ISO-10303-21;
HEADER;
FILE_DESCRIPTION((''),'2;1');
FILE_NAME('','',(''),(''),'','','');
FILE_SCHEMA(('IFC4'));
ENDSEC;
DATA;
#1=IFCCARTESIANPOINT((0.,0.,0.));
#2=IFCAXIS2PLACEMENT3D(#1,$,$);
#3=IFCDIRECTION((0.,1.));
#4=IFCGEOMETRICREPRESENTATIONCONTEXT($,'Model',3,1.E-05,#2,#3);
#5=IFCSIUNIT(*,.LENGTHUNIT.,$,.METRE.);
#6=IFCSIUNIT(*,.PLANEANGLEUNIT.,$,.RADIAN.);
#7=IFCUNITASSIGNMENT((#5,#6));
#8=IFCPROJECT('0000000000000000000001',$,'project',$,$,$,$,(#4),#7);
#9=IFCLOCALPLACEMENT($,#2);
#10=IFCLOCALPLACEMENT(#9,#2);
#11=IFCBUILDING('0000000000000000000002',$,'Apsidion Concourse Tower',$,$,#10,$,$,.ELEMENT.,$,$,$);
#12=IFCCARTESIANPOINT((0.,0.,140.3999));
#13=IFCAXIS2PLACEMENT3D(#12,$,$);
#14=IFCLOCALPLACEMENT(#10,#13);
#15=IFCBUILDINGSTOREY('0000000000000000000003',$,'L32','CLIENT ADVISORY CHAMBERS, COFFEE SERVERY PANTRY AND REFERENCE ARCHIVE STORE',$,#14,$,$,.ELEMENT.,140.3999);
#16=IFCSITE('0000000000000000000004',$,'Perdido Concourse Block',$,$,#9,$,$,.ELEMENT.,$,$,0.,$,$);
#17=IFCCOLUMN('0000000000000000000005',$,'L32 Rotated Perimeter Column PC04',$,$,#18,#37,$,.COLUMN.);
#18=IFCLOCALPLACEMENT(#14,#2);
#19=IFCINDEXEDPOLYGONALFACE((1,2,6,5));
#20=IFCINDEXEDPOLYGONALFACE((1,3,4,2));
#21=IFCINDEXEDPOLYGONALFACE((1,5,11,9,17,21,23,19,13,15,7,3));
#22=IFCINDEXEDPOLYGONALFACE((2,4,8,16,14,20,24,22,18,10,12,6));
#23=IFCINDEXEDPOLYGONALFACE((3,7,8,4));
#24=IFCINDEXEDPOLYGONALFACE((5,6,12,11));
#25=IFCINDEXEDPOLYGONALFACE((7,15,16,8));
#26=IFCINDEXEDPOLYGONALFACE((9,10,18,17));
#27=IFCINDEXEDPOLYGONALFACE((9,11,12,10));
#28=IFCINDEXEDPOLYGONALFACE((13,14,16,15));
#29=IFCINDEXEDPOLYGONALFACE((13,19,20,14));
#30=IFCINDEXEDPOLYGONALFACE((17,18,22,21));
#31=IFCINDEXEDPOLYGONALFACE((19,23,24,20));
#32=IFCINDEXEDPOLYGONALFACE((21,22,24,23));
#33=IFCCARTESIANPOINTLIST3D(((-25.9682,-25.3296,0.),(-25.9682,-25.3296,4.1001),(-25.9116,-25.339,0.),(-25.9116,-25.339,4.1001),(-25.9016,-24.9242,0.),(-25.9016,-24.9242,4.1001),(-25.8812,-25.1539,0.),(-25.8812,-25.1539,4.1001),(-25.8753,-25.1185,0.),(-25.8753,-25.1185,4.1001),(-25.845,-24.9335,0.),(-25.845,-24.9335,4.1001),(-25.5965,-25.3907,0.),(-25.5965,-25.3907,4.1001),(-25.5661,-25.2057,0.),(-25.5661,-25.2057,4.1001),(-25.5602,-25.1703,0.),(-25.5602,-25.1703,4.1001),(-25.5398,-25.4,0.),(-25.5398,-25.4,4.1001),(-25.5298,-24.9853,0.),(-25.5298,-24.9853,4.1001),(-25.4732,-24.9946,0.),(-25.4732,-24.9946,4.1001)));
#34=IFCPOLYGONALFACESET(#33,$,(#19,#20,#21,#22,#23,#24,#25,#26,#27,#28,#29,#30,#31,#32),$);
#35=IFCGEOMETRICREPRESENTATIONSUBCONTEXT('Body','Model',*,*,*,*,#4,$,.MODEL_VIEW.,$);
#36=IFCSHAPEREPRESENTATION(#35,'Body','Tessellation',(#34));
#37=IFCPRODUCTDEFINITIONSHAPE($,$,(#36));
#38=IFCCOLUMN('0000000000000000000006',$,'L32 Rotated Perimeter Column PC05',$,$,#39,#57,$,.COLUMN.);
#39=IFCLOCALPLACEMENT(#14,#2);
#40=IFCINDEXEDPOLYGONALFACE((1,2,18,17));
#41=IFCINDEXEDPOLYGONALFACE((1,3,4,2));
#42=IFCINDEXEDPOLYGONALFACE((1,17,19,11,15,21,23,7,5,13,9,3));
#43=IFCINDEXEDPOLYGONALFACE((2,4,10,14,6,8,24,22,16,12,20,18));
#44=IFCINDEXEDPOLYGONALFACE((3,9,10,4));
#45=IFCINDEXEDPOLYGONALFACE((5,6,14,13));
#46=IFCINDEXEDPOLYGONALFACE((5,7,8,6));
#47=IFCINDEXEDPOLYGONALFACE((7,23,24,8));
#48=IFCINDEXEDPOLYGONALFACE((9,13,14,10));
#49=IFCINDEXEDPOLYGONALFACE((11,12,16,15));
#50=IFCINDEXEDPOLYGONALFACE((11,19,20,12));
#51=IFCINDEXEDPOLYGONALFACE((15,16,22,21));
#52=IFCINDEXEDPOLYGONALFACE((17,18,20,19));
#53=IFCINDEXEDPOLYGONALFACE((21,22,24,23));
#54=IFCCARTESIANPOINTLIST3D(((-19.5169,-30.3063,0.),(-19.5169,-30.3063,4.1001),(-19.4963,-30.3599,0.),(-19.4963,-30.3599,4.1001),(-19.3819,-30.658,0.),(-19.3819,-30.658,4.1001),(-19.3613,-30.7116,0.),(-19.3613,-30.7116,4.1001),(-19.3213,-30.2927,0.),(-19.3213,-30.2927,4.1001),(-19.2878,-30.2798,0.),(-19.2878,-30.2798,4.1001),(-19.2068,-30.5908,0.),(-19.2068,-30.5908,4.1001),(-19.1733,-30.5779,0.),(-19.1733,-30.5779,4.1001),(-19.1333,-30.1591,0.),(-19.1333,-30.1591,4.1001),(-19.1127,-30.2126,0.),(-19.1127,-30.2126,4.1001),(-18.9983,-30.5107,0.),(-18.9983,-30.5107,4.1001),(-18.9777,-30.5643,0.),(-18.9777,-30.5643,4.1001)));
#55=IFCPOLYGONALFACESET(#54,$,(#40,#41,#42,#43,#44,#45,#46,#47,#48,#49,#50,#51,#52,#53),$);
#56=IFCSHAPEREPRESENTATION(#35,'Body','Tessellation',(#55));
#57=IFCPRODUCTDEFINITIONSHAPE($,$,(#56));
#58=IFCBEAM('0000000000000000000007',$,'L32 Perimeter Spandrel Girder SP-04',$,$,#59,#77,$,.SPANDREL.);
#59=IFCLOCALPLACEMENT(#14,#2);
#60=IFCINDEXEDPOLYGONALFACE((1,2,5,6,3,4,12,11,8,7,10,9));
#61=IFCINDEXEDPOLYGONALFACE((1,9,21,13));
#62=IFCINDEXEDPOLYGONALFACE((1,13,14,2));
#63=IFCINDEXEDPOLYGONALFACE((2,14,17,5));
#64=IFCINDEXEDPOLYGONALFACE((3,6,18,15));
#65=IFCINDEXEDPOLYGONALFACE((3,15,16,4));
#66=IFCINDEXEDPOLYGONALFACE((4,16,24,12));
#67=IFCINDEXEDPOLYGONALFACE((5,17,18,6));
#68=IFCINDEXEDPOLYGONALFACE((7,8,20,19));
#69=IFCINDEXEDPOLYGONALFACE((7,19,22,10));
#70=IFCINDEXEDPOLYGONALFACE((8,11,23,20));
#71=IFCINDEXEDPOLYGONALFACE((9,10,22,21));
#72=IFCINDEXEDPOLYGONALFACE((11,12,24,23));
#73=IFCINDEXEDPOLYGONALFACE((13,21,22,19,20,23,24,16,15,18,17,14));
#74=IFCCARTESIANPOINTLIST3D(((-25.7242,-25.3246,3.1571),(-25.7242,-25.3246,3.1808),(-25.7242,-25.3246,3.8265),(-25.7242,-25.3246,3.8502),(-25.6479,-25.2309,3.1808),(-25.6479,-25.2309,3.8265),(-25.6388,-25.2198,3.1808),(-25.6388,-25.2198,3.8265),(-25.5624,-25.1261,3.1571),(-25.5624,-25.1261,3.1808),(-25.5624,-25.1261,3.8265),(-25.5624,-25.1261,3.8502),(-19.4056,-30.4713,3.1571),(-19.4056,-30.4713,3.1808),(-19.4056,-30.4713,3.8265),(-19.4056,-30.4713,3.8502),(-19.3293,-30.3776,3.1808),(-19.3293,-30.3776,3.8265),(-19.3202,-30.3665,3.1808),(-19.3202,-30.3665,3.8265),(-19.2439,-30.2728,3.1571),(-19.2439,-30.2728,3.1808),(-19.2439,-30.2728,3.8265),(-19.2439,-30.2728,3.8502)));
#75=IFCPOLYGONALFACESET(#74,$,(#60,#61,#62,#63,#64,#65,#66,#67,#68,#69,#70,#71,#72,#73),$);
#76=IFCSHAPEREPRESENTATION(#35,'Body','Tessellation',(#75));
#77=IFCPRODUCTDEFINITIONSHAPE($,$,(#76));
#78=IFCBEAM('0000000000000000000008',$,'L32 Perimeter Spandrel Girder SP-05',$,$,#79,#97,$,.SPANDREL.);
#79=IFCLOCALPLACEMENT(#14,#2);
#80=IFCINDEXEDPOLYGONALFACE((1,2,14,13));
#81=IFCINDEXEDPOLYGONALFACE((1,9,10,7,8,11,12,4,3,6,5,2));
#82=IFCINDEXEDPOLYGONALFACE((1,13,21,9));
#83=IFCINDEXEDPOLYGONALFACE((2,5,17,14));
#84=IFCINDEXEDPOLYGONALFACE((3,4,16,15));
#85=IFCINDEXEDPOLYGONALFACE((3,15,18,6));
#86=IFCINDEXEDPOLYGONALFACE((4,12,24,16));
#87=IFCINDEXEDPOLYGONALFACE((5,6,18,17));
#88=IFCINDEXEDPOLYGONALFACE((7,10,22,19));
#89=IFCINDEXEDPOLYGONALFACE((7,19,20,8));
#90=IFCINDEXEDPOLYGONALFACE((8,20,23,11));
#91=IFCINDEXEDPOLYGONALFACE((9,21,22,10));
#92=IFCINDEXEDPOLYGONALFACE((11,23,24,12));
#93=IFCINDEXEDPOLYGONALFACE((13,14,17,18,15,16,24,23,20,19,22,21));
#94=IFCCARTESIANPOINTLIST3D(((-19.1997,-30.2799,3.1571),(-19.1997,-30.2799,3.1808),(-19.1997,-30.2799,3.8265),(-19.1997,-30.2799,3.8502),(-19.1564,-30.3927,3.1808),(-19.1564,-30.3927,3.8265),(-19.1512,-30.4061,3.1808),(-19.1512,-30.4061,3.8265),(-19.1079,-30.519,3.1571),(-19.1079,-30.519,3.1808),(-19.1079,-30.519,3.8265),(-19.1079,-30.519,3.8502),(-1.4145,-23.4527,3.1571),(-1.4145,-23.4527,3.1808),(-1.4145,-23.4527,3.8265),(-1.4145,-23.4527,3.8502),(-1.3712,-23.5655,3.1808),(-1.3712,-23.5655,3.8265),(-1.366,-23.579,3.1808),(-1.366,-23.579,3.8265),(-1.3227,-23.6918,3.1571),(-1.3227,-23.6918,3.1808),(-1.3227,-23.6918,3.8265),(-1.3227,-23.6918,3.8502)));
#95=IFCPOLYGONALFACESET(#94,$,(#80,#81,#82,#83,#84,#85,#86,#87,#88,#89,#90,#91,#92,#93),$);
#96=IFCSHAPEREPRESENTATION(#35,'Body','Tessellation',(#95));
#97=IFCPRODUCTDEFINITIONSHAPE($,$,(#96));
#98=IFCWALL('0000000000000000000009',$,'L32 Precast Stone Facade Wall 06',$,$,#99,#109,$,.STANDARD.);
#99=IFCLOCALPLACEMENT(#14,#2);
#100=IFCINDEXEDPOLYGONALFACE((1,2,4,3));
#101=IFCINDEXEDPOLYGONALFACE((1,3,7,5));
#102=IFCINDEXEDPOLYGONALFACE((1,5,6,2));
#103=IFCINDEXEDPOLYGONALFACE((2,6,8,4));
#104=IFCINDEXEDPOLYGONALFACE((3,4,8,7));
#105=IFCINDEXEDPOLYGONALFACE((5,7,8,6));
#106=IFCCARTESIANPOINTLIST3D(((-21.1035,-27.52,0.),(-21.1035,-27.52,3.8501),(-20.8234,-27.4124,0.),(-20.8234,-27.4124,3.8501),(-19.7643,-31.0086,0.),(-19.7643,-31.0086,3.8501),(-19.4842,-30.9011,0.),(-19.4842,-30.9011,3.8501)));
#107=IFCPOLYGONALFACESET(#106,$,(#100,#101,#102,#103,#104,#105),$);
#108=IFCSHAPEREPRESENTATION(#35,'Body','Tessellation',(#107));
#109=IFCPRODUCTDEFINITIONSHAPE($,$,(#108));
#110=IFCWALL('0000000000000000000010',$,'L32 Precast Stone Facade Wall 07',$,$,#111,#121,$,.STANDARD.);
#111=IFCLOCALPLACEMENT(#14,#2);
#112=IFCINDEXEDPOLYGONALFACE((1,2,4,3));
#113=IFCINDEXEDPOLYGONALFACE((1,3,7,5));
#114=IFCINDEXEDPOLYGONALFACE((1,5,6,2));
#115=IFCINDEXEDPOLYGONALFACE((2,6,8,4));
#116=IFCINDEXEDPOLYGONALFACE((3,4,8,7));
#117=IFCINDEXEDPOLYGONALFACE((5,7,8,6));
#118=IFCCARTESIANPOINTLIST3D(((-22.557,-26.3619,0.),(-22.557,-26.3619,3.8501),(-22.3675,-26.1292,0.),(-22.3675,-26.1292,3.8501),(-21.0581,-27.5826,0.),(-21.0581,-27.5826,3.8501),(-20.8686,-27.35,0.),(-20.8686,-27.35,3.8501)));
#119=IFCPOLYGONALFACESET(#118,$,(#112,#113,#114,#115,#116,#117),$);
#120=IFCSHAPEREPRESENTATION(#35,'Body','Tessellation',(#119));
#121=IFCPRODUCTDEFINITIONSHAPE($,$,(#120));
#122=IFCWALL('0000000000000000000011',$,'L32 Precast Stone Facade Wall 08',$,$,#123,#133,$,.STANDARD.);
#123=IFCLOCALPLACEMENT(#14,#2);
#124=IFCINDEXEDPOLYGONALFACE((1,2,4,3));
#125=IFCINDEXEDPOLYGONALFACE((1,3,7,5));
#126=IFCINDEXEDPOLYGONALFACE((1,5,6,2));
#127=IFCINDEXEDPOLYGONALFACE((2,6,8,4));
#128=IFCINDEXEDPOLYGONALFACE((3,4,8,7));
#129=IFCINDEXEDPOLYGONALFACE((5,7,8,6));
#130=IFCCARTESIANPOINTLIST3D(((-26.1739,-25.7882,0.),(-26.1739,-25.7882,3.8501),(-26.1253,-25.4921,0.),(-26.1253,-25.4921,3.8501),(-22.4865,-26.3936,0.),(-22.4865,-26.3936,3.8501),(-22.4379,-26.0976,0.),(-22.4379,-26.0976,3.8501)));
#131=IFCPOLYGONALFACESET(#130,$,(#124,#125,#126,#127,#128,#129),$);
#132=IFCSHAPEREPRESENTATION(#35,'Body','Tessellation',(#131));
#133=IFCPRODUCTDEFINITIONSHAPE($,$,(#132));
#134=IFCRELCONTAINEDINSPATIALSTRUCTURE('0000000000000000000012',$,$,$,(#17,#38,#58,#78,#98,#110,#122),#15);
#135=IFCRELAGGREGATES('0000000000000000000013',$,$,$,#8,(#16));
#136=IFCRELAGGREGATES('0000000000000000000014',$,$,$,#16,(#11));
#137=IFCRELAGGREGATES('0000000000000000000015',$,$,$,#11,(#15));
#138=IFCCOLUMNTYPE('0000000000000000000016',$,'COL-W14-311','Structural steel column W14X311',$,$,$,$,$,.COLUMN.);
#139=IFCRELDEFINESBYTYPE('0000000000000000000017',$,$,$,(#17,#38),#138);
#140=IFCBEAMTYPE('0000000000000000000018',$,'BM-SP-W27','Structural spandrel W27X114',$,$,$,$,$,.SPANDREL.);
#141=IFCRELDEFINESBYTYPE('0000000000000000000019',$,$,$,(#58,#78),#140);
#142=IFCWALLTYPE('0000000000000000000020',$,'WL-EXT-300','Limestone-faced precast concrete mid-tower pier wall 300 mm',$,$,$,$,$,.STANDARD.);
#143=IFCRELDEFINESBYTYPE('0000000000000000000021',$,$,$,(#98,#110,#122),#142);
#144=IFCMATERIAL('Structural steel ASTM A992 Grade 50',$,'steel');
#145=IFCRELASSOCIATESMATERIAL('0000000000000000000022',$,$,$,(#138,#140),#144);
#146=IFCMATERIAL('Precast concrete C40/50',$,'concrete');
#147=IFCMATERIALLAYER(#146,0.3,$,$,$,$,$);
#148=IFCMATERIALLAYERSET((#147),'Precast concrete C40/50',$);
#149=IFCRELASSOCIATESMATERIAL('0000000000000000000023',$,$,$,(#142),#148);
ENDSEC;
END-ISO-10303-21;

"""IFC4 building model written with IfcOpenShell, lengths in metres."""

from ifc_helpers import new_model, si_unit, direction, frame, frame_2d, origin, origin_2d, place, context, subcontext, project, spatial, rectangle, i_section, extrude, material, layer, layer_set, material_profile, profile_set, type_object, element, save


model = new_model("IFC4")

# Units and contexts
model_context = context("Model", 3, precision=1e-05, world=origin(), true_north=direction((0.0, 1.0)))
body_context = subcontext(model_context, "Body", "Model", "MODEL_VIEW")
ifc_project = project(units=[si_unit("LENGTHUNIT", "METRE"), si_unit("PLANEANGLEUNIT", "RADIAN")], contexts=[model_context])

# Site, building, storey
site_placement = place(None, origin())
site = spatial("IfcSite", under=ifc_project, at=site_placement, Name="Perdido Concourse Block", CompositionType="ELEMENT", RefElevation=0.0)
building_placement = place(site_placement, origin())
building = spatial("IfcBuilding", under=site, at=building_placement, Name="Apsidion Concourse Tower", CompositionType="ELEMENT")
storey_placement = place(building_placement, frame((0.0, 0.0, 140.3999)))
storey = spatial("IfcBuildingStorey", under=building, at=storey_placement, Name="L32", Description="CLIENT ADVISORY CHAMBERS, COFFEE SERVERY PANTRY AND REFERENCE ARCHIVE STORE", CompositionType="ELEMENT", Elevation=140.3999)

# Columns
ifc_material_1 = material(Name="Structural steel ASTM A992 Grade 50", Category="steel")
ifc_material_profile_1 = material_profile(ifc_material_1, i_section(OverallWidth=0.4109, OverallDepth=0.4341, WebThickness=0.0359, FlangeThickness=0.0574, at=origin_2d()), Name="W14X311")
ifc_profile_set_1 = profile_set([ifc_material_profile_1], Name="Structural steel ASTM A992 Grade 50")
column_type = type_object("IfcColumnType", Name="COL-W14-311", Description="Structural steel column W14X311", PredefinedType="COLUMN", material=ifc_profile_set_1)
for number, where, z_axis, x_axis, name in (
    (1, (-25.7207, -25.1621, 0.0), (0.0, 0.0, 1.0), (0.162121, 0.986771, 0.0), "L32 Rotated Perimeter Column PC04"),
    (2, (-19.2473, -30.4353, 0.0), (0.0, 0.0, 1.0), (0.93358, 0.358368, 0.0), "L32 Rotated Perimeter Column PC05"),
):
    element("IfcColumn", number, at=place(storey_placement, frame(where, z_axis=z_axis, x_axis=x_axis)), inside=storey, type_object=column_type, Name=name, PredefinedType="COLUMN", context=body_context, shape_type="SweptSolid", body=[
        extrude(i_section(OverallWidth=0.4109, OverallDepth=0.4341, WebThickness=0.0359, FlangeThickness=0.0574, at=origin_2d()), origin(), (0.0, 0.0, 1.0), 4.1001),
    ])

# Beams
ifc_material_profile_2 = material_profile(ifc_material_1, i_section(OverallWidth=0.2561, OverallDepth=0.6931, WebThickness=0.0144, FlangeThickness=0.0237, at=origin_2d()), Name="W27X114")
ifc_profile_set_2 = profile_set([ifc_material_profile_2], Name="Structural steel ASTM A992 Grade 50")
beam_type = type_object("IfcBeamType", Name="BM-SP-W27", Description="Structural spandrel W27X114", PredefinedType="SPANDREL", material=ifc_profile_set_2)
beam_1_placement = place(storey_placement, frame((-25.6433, -25.2253, 3.5037), z_axis=(0.775341, -0.631543, 0.0), x_axis=(0.631543, 0.775341, 0.0)))
element("IfcBeam", 3, at=beam_1_placement, inside=storey, type_object=beam_type, Name="L32 Perimeter Spandrel Girder SP-04", PredefinedType="SPANDREL", context=body_context, shape_type="SweptSolid", body=[
    extrude(i_section(OverallWidth=0.2561, OverallDepth=0.6931, WebThickness=0.0144, FlangeThickness=0.0237, at=origin_2d()), origin(), (0.0, 0.0, 1.0), 8.1494),
])
beam_2_placement = place(storey_placement, frame((-19.1538, -30.3994, 3.5037), z_axis=(0.933579, 0.358371, 0.0), x_axis=(-0.358371, 0.933579, 0.0)))
element("IfcBeam", 4, at=beam_2_placement, inside=storey, type_object=beam_type, Name="L32 Perimeter Spandrel Girder SP-05", PredefinedType="SPANDREL", context=body_context, shape_type="SweptSolid", body=[
    extrude(i_section(OverallWidth=0.2561, OverallDepth=0.6931, WebThickness=0.0144, FlangeThickness=0.0237, at=origin_2d()), origin(), (0.0, 0.0, 1.0), 19.0505),
])

# Walls
ifc_material_2 = material(Name="Precast concrete C40/50", Category="concrete")
ifc_layer_1 = layer(ifc_material_2, 0.3)
ifc_layer_set_1 = layer_set([ifc_layer_1], Name="Precast concrete C40/50")
wall_type_1 = type_object("IfcWallType", Name="WL-EXT-300", Description="Limestone-faced precast concrete mid-tower pier wall 300 mm", PredefinedType="STANDARD", material=ifc_layer_set_1)
wall_1_placement = place(storey_placement, frame((-19.6243, -30.9548, 0.0), z_axis=(0.0, 0.0, 1.0), x_axis=(-0.358366, 0.933581, 0.0)))
element("IfcWall", 5, at=wall_1_placement, inside=storey, type_object=wall_type_1, Name="L32 Precast Stone Facade Wall 06", PredefinedType="STANDARD", context=body_context, shape_type="SweptSolid", body=[
    extrude(rectangle(XDim=3.7368, YDim=0.3, at=frame_2d((1.8684, 0.0))), origin(), (0.0, 0.0, 1.0), 3.8501),
])
wall_2_placement = place(storey_placement, frame((-20.9634, -27.4663, 0.0), z_axis=(0.0, 0.0, 1.0), x_axis=(-0.775368, 0.63151, 0.0)))
element("IfcWall", 6, at=wall_2_placement, inside=storey, type_object=wall_type_1, Name="L32 Precast Stone Facade Wall 07", PredefinedType="STANDARD", context=body_context, shape_type="SweptSolid", body=[
    extrude(rectangle(XDim=1.9331, YDim=0.3, at=frame_2d((0.9666, 0.0))), origin(), (0.0, 0.0, 1.0), 3.8501),
])
wall_3_placement = place(storey_placement, frame((-22.4622, -26.2456, 0.0), z_axis=(0.0, 0.0, 1.0), x_axis=(-0.986787, 0.162025, 0.0)))
element("IfcWall", 7, at=wall_3_placement, inside=storey, type_object=wall_type_1, Name="L32 Precast Stone Facade Wall 08", PredefinedType="STANDARD", context=body_context, shape_type="SweptSolid", body=[
    extrude(rectangle(XDim=3.7368, YDim=0.3, at=frame_2d((1.8684, 0.0))), origin(), (0.0, 0.0, 1.0), 3.8501),
])

save(model, "model.ifc")
